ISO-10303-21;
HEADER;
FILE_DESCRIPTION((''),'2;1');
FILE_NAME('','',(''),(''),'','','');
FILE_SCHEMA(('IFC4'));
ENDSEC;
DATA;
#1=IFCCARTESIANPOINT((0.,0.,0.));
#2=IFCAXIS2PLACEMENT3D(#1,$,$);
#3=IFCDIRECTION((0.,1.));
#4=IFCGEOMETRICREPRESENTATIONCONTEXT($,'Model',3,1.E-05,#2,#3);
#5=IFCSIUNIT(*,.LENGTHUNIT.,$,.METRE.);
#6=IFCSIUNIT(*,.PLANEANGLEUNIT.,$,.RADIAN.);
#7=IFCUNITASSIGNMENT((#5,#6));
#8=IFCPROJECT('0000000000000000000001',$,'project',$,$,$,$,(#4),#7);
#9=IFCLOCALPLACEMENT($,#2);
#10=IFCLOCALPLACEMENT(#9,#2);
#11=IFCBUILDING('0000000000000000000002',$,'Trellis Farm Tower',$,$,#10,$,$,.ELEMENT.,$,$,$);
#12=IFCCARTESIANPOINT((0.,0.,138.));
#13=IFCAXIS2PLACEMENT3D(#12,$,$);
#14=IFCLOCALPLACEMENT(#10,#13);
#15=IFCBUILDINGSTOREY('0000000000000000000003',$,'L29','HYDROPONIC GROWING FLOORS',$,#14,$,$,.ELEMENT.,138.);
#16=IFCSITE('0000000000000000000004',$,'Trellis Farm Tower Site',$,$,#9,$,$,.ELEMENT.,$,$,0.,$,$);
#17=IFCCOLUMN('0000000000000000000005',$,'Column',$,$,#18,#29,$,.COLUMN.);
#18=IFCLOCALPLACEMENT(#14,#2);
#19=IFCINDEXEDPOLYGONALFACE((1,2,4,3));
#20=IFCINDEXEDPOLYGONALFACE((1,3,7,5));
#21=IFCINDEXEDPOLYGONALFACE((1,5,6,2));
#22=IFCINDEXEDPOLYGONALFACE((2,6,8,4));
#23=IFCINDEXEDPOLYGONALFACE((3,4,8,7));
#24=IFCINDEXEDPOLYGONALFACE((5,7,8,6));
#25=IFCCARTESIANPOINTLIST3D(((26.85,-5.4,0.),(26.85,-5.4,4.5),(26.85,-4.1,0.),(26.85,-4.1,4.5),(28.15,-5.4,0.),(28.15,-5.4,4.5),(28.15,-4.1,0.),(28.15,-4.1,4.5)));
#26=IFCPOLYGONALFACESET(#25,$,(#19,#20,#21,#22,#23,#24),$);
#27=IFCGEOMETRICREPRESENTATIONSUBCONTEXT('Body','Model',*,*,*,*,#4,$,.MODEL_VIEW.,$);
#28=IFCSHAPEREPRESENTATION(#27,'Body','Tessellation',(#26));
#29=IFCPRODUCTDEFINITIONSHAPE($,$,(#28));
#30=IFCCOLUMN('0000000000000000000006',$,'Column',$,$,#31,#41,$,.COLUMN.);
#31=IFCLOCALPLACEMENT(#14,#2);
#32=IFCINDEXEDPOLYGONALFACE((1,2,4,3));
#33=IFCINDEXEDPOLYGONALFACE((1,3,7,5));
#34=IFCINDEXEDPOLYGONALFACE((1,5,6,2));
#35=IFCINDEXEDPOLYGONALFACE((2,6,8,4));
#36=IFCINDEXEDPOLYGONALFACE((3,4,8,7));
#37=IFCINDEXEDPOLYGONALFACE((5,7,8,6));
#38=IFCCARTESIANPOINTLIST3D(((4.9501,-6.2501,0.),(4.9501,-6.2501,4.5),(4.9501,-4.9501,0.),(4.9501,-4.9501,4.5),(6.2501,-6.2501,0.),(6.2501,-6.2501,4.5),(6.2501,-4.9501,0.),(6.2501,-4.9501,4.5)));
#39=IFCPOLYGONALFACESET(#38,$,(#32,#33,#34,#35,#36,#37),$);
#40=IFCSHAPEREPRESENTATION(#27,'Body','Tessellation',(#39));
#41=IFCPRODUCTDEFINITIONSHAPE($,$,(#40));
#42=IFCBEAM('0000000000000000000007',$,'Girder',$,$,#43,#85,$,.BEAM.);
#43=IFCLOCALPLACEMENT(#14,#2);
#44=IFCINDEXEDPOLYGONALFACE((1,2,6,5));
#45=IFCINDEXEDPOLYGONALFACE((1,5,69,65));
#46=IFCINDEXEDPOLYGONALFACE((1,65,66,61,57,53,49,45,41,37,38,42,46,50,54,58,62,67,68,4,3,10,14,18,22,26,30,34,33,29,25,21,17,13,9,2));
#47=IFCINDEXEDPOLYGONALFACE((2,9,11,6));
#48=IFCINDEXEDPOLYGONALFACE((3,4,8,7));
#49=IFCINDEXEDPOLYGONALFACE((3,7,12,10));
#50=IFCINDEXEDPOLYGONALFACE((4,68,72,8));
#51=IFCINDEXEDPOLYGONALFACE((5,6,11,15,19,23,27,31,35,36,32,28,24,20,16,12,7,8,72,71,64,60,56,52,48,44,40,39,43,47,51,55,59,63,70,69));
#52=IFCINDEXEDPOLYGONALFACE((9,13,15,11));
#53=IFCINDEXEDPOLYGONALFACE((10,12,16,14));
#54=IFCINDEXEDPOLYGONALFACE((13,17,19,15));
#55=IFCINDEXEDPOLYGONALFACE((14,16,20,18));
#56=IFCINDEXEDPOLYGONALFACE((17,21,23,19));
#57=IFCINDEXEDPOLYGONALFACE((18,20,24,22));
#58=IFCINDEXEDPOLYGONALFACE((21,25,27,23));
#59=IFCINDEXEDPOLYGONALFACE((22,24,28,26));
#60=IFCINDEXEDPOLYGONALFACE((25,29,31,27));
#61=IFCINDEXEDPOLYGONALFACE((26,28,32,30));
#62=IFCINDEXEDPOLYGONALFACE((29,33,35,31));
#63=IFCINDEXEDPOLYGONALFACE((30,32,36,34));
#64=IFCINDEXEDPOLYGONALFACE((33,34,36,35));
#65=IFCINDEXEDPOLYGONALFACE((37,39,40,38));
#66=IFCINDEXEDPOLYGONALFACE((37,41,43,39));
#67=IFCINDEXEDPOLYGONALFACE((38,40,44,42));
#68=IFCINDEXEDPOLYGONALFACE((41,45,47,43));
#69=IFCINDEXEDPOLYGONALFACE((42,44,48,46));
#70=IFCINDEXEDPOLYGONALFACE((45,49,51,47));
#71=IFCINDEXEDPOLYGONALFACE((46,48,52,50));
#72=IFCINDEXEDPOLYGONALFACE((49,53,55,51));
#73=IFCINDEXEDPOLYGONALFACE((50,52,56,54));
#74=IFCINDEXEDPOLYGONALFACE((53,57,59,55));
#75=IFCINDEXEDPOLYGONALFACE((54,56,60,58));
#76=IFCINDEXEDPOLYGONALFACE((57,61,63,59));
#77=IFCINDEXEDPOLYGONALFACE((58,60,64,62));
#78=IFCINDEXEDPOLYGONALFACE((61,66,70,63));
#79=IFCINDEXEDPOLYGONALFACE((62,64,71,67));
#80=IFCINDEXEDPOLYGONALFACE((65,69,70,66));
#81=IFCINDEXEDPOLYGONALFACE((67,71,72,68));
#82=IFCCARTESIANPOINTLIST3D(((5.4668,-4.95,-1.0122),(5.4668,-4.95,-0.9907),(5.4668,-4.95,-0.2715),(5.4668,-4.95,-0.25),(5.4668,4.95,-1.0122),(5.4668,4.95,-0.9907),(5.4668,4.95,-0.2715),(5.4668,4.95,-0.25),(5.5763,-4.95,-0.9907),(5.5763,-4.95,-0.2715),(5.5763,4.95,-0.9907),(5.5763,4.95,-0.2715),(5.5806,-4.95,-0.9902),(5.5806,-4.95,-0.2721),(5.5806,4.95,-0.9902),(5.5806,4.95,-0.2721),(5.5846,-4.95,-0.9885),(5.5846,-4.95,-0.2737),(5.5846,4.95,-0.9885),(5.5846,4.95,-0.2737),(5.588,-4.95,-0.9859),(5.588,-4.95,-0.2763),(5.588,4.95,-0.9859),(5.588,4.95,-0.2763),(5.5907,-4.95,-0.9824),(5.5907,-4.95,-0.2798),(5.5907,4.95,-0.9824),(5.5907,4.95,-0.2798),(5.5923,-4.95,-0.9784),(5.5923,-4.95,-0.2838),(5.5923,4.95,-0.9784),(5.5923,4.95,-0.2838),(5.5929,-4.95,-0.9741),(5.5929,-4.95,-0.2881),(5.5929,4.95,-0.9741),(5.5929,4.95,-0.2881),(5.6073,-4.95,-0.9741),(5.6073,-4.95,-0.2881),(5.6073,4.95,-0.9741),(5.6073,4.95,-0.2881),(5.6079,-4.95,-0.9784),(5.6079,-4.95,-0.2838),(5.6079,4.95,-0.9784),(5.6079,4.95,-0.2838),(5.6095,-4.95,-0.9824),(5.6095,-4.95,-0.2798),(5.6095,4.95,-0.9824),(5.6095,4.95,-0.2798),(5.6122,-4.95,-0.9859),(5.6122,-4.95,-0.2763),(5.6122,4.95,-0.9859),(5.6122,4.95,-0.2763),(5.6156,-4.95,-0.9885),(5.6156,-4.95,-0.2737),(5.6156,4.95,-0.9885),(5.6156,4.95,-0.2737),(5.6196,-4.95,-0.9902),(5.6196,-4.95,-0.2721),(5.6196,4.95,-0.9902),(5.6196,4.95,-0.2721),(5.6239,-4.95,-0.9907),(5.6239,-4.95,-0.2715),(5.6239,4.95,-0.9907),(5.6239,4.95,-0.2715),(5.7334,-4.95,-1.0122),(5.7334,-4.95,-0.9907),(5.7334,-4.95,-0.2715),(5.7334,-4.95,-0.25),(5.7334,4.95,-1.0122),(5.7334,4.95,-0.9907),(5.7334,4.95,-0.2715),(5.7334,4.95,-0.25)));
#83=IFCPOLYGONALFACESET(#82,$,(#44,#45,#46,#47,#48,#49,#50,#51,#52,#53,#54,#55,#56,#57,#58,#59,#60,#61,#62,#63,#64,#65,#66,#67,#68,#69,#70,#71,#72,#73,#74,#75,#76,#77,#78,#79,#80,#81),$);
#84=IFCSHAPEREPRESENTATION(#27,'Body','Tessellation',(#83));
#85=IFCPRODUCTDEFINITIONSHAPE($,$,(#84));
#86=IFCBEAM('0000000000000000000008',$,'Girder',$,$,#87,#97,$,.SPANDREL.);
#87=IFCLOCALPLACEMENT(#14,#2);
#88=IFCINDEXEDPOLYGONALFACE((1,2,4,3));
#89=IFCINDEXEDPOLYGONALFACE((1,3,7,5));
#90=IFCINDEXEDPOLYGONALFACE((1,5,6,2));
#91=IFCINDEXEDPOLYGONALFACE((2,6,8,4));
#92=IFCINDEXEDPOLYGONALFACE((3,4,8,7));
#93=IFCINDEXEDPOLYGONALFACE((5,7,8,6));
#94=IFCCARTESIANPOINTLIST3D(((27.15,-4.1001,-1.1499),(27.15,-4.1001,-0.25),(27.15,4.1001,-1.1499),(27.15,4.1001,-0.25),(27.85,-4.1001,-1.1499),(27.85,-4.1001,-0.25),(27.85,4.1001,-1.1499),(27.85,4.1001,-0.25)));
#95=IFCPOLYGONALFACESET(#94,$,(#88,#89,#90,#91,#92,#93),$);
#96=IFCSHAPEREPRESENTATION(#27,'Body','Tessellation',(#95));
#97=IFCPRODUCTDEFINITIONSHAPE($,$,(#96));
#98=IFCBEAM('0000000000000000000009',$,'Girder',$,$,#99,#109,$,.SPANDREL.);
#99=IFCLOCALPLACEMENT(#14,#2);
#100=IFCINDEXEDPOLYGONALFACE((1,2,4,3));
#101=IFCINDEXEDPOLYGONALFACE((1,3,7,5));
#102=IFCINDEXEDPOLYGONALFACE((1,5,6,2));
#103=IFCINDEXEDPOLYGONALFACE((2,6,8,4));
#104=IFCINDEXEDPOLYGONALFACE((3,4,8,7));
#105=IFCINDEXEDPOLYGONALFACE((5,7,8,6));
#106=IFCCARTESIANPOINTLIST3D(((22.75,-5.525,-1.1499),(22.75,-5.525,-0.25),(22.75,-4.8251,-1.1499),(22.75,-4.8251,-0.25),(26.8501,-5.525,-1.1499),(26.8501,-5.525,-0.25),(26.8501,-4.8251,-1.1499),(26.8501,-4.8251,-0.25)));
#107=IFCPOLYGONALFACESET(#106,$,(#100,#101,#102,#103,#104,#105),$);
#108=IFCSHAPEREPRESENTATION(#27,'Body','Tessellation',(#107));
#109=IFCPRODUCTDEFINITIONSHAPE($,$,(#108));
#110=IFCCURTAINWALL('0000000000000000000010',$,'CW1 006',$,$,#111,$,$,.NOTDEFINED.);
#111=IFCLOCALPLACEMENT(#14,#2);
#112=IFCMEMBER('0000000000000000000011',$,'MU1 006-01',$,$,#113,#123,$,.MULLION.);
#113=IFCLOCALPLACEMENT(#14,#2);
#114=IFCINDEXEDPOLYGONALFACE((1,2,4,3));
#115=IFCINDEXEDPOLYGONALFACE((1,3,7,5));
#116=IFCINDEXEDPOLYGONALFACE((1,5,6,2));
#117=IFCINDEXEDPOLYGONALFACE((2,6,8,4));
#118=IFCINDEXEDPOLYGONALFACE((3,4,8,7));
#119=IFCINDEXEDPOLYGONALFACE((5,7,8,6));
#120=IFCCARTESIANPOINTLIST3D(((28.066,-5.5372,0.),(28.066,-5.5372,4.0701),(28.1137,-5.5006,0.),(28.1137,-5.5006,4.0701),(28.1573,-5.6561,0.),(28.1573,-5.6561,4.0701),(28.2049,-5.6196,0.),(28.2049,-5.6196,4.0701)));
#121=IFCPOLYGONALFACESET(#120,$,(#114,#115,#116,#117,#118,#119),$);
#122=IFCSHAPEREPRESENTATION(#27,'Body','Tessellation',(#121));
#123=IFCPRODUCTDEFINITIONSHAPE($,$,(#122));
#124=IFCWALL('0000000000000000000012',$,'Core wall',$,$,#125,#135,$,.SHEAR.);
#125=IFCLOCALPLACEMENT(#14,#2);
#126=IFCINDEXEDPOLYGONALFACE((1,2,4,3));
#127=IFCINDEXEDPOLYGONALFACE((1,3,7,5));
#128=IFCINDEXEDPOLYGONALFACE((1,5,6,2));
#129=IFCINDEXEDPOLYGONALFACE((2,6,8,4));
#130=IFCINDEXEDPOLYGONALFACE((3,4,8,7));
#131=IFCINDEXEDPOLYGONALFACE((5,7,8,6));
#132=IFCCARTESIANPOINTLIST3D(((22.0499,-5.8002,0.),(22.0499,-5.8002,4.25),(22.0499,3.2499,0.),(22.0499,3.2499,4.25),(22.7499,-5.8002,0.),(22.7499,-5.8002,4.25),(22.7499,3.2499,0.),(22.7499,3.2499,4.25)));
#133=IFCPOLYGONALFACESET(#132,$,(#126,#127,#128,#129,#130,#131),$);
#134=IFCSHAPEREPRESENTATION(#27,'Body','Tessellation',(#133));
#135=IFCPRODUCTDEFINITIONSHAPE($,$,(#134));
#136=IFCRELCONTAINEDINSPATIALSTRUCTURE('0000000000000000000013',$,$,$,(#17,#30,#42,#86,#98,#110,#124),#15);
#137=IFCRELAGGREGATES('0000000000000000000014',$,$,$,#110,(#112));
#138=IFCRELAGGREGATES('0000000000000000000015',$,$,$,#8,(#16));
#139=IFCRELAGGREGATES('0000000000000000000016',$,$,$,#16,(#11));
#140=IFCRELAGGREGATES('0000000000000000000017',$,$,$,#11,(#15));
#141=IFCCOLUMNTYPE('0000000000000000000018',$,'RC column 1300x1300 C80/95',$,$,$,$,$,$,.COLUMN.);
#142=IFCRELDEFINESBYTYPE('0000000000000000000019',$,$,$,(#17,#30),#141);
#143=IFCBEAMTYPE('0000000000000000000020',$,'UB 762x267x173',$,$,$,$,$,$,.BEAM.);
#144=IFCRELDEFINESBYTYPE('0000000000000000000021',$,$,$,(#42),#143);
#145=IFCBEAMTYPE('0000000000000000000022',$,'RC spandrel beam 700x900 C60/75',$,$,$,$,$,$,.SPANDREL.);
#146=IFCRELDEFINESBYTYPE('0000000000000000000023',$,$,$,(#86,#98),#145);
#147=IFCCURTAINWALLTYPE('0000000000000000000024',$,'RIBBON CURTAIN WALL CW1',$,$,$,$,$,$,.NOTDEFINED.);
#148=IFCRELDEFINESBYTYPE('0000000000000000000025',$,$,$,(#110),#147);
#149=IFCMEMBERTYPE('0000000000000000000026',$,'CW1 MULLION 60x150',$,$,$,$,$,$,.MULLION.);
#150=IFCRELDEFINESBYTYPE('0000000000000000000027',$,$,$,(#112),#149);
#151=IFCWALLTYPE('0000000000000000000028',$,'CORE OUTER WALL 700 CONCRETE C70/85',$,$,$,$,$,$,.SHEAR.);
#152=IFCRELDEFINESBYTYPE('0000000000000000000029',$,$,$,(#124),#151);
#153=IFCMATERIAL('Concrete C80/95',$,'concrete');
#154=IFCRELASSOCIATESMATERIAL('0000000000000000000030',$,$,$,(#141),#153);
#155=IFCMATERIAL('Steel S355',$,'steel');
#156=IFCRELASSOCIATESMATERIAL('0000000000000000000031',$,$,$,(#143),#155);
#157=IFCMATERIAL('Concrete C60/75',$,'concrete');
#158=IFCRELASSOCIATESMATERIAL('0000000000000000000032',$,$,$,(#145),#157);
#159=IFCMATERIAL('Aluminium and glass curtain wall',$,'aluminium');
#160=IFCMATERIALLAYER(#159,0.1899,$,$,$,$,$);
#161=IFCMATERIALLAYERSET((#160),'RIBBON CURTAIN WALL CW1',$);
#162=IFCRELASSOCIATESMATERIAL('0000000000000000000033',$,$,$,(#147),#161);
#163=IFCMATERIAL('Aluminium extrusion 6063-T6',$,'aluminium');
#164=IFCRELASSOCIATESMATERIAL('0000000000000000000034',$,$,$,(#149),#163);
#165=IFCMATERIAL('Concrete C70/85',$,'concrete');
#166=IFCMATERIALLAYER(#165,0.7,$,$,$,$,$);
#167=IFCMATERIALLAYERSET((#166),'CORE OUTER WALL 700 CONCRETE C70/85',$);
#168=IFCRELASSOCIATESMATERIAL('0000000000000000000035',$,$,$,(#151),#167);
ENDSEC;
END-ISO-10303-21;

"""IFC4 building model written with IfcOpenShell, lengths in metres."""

from ifc_helpers import new_model, si_unit, direction, frame, frame_2d, origin, origin_2d, place, context, subcontext, project, spatial, rectangle, i_section, extrude, source, transform, mapped, material, layer, layer_set, material_profile, profile_set, type_object, element, aggregate, save


model = new_model("IFC4")

# Units and contexts
model_context = context("Model", 3, precision=1e-05, world=origin(), true_north=direction((0.0, 1.0)))
body_context = subcontext(model_context, "Body", "Model", "MODEL_VIEW")
ifc_project = project(units=[si_unit("LENGTHUNIT", "METRE"), si_unit("PLANEANGLEUNIT", "RADIAN")], contexts=[model_context])

# Site, building, storey
site_placement = place(None, origin())
site = spatial("IfcSite", under=ifc_project, at=site_placement, Name="Trellis Farm Tower Site", CompositionType="ELEMENT", RefElevation=0.0)
building_placement = place(site_placement, origin())
building = spatial("IfcBuilding", under=site, at=building_placement, Name="Trellis Farm Tower", CompositionType="ELEMENT")
storey_placement = place(building_placement, frame((0.0, 0.0, 138.0)))
storey = spatial("IfcBuildingStorey", under=building, at=storey_placement, Name="L29", Description="HYDROPONIC GROWING FLOORS", CompositionType="ELEMENT", Elevation=138.0)

# Columns
ifc_material_1 = material(Name="Concrete C80/95", Category="concrete")
ifc_material_profile_1 = material_profile(ifc_material_1, rectangle(XDim=1.3, YDim=1.3, at=origin_2d()), Name="RC column 1300x1300 C80/95")
ifc_profile_set_1 = profile_set([ifc_material_profile_1], Name="Concrete C80/95")
column_type = type_object("IfcColumnType", Name="RC column 1300x1300 C80/95", PredefinedType="COLUMN", material=ifc_profile_set_1)
shared_shape_1 = source(origin(), body_context, "Body", "SweptSolid", [
    extrude(rectangle(XDim=1.3, YDim=1.3, at=origin_2d()), origin(), (0.0, 0.0, 1.0), 4.5),
])
for number, where, z_axis, x_axis, name in (
    (1, (27.5, -4.75, 0.0), (0.0, 0.0, 1.0), (1.0, 0.0, 0.0), "Column"),
    (2, (5.6001, -5.6001, 0.0), (0.0, 0.0, 1.0), (1.0, 0.0, 0.0), "Column"),
):
    element("IfcColumn", number, at=place(storey_placement, frame(where, z_axis=z_axis, x_axis=x_axis)), inside=storey, type_object=column_type, Name=name, PredefinedType="COLUMN", context=body_context, shape_type="MappedRepresentation", body=[
        mapped(shared_shape_1, transform((0.0, 0.0, 0.0))),
    ])

# Beams
ifc_material_2 = material(Name="Steel S355", Category="steel")
ifc_material_profile_2 = material_profile(ifc_material_2, i_section(OverallWidth=0.2666, OverallDepth=0.7622, WebThickness=0.0144, FlangeThickness=0.0215, FilletRadius=0.0166, at=origin_2d()), Name="UB 762x267x173")
ifc_profile_set_2 = profile_set([ifc_material_profile_2], Name="Steel S355")
beam_type_1 = type_object("IfcBeamType", Name="UB 762x267x173", PredefinedType="BEAM", material=ifc_profile_set_2)
shared_shape_2 = source(origin(), body_context, "Body", "SweptSolid", [
    extrude(i_section(OverallWidth=0.2666, OverallDepth=0.7622, WebThickness=0.0144, FlangeThickness=0.0215, FilletRadius=0.0166, at=origin_2d()), origin(), (0.0, 0.0, 1.0), 9.8999),
])
beam_1_placement = place(storey_placement, frame((5.6001, -4.95, -0.6311), z_axis=(0.0, 1.0, 0.0), x_axis=(-1.0, 0.0, 0.0)))
element("IfcBeam", 3, at=beam_1_placement, inside=storey, type_object=beam_type_1, Name="Girder", PredefinedType="BEAM", context=body_context, shape_type="MappedRepresentation", body=[
    mapped(shared_shape_2, transform((0.0, 0.0, 0.0))),
])
ifc_material_3 = material(Name="Concrete C60/75", Category="concrete")
ifc_material_profile_3 = material_profile(ifc_material_3, rectangle(XDim=0.7, YDim=0.8999, at=origin_2d()), Name="RC spandrel beam 700x900 C60/75")
ifc_profile_set_3 = profile_set([ifc_material_profile_3], Name="Concrete C60/75")
beam_type_2 = type_object("IfcBeamType", Name="RC spandrel beam 700x900 C60/75", PredefinedType="SPANDREL", material=ifc_profile_set_3)
shared_shape_3 = source(origin(), body_context, "Body", "SweptSolid", [
    extrude(rectangle(XDim=0.7, YDim=0.8999, at=origin_2d()), origin(), (0.0, 0.0, 1.0), 8.2002),
])
beam_2_placement = place(storey_placement, frame((27.5, -4.1001, -0.7), z_axis=(0.0, 1.0, 0.0), x_axis=(-1.0, 0.0, 0.0)))
element("IfcBeam", 4, at=beam_2_placement, inside=storey, type_object=beam_type_2, Name="Girder", PredefinedType="SPANDREL", context=body_context, shape_type="MappedRepresentation", body=[
    mapped(shared_shape_3, transform((0.0, 0.0, 0.0))),
])
shared_shape_4 = source(origin(), body_context, "Body", "SweptSolid", [
    extrude(rectangle(XDim=0.7, YDim=0.8999, at=origin_2d()), origin(), (0.0, 0.0, 1.0), 4.1001),
])
beam_3_placement = place(storey_placement, frame((22.75, -5.175, -0.7), z_axis=(1.0, 0.0, 0.0), x_axis=(0.0, 1.0, 0.0)))
element("IfcBeam", 5, at=beam_3_placement, inside=storey, type_object=beam_type_2, Name="Girder", PredefinedType="SPANDREL", context=body_context, shape_type="MappedRepresentation", body=[
    mapped(shared_shape_4, transform((0.0, 0.0, 0.0))),
])

# Curtain wall, member
ifc_material_4 = material(Name="Aluminium and glass curtain wall", Category="aluminium")
ifc_layer_1 = layer(ifc_material_4, 0.1899)
ifc_layer_set_1 = layer_set([ifc_layer_1], Name="RIBBON CURTAIN WALL CW1")
curtain_wall_type = type_object("IfcCurtainWallType", Name="RIBBON CURTAIN WALL CW1", PredefinedType="NOTDEFINED", material=ifc_layer_set_1)
placement = place(storey_placement, origin())
curtain_wall = element("IfcCurtainWall", 6, at=placement, inside=storey, type_object=curtain_wall_type, Name="CW1 006", PredefinedType="NOTDEFINED")
ifc_material_5 = material(Name="Aluminium extrusion 6063-T6", Category="aluminium")
ifc_material_profile_4 = material_profile(ifc_material_5, rectangle(XDim=0.0601, YDim=0.1499, at=origin_2d()), Name="MULLION 60x150")
ifc_profile_set_4 = profile_set([ifc_material_profile_4], Name="Aluminium extrusion 6063-T6")
member_type = type_object("IfcMemberType", Name="CW1 MULLION 60x150", PredefinedType="MULLION", material=ifc_profile_set_4)
shared_shape_5 = source(origin(), body_context, "Body", "SweptSolid", [
    extrude(rectangle(XDim=0.0601, YDim=0.1499, at=origin_2d()), origin(), (0.0, 0.0, 1.0), 4.0701),
])
member_placement = place(storey_placement, frame((28.1355, -5.5784, 0.0), z_axis=(0.0, 0.0, 1.0), x_axis=(0.793353, 0.608761, 0.0)))
member = element("IfcMember", 7, at=member_placement, type_object=member_type, Name="MU1 006-01", PredefinedType="MULLION", context=body_context, shape_type="MappedRepresentation", body=[
    mapped(shared_shape_5, transform((0.0, 0.0, 0.0))),
])
aggregate(curtain_wall, [member])

# Wall
ifc_material_6 = material(Name="Concrete C70/85", Category="concrete")
ifc_layer_2 = layer(ifc_material_6, 0.7)
ifc_layer_set_2 = layer_set([ifc_layer_2], Name="CORE OUTER WALL 700 CONCRETE C70/85")
wall_type_1 = type_object("IfcWallType", Name="CORE OUTER WALL 700 CONCRETE C70/85", PredefinedType="SHEAR", material=ifc_layer_set_2)
shared_shape_6 = source(origin(), body_context, "Body", "SweptSolid", [
    extrude(rectangle(XDim=9.05, YDim=0.7, at=frame_2d((4.5249, 0.0))), origin(), (0.0, 0.0, 1.0), 4.25),
])
wall_1_placement = place(storey_placement, frame((22.3999, -5.8, 0.0), z_axis=(0.0, 0.0, 1.0), x_axis=(0.0, 1.0, 0.0)))
element("IfcWall", 8, at=wall_1_placement, inside=storey, type_object=wall_type_1, Name="Core wall", PredefinedType="SHEAR", context=body_context, shape_type="MappedRepresentation", body=[
    mapped(shared_shape_6, transform((0.0, 0.0, 0.0))),
])

save(model, "model.ifc")
